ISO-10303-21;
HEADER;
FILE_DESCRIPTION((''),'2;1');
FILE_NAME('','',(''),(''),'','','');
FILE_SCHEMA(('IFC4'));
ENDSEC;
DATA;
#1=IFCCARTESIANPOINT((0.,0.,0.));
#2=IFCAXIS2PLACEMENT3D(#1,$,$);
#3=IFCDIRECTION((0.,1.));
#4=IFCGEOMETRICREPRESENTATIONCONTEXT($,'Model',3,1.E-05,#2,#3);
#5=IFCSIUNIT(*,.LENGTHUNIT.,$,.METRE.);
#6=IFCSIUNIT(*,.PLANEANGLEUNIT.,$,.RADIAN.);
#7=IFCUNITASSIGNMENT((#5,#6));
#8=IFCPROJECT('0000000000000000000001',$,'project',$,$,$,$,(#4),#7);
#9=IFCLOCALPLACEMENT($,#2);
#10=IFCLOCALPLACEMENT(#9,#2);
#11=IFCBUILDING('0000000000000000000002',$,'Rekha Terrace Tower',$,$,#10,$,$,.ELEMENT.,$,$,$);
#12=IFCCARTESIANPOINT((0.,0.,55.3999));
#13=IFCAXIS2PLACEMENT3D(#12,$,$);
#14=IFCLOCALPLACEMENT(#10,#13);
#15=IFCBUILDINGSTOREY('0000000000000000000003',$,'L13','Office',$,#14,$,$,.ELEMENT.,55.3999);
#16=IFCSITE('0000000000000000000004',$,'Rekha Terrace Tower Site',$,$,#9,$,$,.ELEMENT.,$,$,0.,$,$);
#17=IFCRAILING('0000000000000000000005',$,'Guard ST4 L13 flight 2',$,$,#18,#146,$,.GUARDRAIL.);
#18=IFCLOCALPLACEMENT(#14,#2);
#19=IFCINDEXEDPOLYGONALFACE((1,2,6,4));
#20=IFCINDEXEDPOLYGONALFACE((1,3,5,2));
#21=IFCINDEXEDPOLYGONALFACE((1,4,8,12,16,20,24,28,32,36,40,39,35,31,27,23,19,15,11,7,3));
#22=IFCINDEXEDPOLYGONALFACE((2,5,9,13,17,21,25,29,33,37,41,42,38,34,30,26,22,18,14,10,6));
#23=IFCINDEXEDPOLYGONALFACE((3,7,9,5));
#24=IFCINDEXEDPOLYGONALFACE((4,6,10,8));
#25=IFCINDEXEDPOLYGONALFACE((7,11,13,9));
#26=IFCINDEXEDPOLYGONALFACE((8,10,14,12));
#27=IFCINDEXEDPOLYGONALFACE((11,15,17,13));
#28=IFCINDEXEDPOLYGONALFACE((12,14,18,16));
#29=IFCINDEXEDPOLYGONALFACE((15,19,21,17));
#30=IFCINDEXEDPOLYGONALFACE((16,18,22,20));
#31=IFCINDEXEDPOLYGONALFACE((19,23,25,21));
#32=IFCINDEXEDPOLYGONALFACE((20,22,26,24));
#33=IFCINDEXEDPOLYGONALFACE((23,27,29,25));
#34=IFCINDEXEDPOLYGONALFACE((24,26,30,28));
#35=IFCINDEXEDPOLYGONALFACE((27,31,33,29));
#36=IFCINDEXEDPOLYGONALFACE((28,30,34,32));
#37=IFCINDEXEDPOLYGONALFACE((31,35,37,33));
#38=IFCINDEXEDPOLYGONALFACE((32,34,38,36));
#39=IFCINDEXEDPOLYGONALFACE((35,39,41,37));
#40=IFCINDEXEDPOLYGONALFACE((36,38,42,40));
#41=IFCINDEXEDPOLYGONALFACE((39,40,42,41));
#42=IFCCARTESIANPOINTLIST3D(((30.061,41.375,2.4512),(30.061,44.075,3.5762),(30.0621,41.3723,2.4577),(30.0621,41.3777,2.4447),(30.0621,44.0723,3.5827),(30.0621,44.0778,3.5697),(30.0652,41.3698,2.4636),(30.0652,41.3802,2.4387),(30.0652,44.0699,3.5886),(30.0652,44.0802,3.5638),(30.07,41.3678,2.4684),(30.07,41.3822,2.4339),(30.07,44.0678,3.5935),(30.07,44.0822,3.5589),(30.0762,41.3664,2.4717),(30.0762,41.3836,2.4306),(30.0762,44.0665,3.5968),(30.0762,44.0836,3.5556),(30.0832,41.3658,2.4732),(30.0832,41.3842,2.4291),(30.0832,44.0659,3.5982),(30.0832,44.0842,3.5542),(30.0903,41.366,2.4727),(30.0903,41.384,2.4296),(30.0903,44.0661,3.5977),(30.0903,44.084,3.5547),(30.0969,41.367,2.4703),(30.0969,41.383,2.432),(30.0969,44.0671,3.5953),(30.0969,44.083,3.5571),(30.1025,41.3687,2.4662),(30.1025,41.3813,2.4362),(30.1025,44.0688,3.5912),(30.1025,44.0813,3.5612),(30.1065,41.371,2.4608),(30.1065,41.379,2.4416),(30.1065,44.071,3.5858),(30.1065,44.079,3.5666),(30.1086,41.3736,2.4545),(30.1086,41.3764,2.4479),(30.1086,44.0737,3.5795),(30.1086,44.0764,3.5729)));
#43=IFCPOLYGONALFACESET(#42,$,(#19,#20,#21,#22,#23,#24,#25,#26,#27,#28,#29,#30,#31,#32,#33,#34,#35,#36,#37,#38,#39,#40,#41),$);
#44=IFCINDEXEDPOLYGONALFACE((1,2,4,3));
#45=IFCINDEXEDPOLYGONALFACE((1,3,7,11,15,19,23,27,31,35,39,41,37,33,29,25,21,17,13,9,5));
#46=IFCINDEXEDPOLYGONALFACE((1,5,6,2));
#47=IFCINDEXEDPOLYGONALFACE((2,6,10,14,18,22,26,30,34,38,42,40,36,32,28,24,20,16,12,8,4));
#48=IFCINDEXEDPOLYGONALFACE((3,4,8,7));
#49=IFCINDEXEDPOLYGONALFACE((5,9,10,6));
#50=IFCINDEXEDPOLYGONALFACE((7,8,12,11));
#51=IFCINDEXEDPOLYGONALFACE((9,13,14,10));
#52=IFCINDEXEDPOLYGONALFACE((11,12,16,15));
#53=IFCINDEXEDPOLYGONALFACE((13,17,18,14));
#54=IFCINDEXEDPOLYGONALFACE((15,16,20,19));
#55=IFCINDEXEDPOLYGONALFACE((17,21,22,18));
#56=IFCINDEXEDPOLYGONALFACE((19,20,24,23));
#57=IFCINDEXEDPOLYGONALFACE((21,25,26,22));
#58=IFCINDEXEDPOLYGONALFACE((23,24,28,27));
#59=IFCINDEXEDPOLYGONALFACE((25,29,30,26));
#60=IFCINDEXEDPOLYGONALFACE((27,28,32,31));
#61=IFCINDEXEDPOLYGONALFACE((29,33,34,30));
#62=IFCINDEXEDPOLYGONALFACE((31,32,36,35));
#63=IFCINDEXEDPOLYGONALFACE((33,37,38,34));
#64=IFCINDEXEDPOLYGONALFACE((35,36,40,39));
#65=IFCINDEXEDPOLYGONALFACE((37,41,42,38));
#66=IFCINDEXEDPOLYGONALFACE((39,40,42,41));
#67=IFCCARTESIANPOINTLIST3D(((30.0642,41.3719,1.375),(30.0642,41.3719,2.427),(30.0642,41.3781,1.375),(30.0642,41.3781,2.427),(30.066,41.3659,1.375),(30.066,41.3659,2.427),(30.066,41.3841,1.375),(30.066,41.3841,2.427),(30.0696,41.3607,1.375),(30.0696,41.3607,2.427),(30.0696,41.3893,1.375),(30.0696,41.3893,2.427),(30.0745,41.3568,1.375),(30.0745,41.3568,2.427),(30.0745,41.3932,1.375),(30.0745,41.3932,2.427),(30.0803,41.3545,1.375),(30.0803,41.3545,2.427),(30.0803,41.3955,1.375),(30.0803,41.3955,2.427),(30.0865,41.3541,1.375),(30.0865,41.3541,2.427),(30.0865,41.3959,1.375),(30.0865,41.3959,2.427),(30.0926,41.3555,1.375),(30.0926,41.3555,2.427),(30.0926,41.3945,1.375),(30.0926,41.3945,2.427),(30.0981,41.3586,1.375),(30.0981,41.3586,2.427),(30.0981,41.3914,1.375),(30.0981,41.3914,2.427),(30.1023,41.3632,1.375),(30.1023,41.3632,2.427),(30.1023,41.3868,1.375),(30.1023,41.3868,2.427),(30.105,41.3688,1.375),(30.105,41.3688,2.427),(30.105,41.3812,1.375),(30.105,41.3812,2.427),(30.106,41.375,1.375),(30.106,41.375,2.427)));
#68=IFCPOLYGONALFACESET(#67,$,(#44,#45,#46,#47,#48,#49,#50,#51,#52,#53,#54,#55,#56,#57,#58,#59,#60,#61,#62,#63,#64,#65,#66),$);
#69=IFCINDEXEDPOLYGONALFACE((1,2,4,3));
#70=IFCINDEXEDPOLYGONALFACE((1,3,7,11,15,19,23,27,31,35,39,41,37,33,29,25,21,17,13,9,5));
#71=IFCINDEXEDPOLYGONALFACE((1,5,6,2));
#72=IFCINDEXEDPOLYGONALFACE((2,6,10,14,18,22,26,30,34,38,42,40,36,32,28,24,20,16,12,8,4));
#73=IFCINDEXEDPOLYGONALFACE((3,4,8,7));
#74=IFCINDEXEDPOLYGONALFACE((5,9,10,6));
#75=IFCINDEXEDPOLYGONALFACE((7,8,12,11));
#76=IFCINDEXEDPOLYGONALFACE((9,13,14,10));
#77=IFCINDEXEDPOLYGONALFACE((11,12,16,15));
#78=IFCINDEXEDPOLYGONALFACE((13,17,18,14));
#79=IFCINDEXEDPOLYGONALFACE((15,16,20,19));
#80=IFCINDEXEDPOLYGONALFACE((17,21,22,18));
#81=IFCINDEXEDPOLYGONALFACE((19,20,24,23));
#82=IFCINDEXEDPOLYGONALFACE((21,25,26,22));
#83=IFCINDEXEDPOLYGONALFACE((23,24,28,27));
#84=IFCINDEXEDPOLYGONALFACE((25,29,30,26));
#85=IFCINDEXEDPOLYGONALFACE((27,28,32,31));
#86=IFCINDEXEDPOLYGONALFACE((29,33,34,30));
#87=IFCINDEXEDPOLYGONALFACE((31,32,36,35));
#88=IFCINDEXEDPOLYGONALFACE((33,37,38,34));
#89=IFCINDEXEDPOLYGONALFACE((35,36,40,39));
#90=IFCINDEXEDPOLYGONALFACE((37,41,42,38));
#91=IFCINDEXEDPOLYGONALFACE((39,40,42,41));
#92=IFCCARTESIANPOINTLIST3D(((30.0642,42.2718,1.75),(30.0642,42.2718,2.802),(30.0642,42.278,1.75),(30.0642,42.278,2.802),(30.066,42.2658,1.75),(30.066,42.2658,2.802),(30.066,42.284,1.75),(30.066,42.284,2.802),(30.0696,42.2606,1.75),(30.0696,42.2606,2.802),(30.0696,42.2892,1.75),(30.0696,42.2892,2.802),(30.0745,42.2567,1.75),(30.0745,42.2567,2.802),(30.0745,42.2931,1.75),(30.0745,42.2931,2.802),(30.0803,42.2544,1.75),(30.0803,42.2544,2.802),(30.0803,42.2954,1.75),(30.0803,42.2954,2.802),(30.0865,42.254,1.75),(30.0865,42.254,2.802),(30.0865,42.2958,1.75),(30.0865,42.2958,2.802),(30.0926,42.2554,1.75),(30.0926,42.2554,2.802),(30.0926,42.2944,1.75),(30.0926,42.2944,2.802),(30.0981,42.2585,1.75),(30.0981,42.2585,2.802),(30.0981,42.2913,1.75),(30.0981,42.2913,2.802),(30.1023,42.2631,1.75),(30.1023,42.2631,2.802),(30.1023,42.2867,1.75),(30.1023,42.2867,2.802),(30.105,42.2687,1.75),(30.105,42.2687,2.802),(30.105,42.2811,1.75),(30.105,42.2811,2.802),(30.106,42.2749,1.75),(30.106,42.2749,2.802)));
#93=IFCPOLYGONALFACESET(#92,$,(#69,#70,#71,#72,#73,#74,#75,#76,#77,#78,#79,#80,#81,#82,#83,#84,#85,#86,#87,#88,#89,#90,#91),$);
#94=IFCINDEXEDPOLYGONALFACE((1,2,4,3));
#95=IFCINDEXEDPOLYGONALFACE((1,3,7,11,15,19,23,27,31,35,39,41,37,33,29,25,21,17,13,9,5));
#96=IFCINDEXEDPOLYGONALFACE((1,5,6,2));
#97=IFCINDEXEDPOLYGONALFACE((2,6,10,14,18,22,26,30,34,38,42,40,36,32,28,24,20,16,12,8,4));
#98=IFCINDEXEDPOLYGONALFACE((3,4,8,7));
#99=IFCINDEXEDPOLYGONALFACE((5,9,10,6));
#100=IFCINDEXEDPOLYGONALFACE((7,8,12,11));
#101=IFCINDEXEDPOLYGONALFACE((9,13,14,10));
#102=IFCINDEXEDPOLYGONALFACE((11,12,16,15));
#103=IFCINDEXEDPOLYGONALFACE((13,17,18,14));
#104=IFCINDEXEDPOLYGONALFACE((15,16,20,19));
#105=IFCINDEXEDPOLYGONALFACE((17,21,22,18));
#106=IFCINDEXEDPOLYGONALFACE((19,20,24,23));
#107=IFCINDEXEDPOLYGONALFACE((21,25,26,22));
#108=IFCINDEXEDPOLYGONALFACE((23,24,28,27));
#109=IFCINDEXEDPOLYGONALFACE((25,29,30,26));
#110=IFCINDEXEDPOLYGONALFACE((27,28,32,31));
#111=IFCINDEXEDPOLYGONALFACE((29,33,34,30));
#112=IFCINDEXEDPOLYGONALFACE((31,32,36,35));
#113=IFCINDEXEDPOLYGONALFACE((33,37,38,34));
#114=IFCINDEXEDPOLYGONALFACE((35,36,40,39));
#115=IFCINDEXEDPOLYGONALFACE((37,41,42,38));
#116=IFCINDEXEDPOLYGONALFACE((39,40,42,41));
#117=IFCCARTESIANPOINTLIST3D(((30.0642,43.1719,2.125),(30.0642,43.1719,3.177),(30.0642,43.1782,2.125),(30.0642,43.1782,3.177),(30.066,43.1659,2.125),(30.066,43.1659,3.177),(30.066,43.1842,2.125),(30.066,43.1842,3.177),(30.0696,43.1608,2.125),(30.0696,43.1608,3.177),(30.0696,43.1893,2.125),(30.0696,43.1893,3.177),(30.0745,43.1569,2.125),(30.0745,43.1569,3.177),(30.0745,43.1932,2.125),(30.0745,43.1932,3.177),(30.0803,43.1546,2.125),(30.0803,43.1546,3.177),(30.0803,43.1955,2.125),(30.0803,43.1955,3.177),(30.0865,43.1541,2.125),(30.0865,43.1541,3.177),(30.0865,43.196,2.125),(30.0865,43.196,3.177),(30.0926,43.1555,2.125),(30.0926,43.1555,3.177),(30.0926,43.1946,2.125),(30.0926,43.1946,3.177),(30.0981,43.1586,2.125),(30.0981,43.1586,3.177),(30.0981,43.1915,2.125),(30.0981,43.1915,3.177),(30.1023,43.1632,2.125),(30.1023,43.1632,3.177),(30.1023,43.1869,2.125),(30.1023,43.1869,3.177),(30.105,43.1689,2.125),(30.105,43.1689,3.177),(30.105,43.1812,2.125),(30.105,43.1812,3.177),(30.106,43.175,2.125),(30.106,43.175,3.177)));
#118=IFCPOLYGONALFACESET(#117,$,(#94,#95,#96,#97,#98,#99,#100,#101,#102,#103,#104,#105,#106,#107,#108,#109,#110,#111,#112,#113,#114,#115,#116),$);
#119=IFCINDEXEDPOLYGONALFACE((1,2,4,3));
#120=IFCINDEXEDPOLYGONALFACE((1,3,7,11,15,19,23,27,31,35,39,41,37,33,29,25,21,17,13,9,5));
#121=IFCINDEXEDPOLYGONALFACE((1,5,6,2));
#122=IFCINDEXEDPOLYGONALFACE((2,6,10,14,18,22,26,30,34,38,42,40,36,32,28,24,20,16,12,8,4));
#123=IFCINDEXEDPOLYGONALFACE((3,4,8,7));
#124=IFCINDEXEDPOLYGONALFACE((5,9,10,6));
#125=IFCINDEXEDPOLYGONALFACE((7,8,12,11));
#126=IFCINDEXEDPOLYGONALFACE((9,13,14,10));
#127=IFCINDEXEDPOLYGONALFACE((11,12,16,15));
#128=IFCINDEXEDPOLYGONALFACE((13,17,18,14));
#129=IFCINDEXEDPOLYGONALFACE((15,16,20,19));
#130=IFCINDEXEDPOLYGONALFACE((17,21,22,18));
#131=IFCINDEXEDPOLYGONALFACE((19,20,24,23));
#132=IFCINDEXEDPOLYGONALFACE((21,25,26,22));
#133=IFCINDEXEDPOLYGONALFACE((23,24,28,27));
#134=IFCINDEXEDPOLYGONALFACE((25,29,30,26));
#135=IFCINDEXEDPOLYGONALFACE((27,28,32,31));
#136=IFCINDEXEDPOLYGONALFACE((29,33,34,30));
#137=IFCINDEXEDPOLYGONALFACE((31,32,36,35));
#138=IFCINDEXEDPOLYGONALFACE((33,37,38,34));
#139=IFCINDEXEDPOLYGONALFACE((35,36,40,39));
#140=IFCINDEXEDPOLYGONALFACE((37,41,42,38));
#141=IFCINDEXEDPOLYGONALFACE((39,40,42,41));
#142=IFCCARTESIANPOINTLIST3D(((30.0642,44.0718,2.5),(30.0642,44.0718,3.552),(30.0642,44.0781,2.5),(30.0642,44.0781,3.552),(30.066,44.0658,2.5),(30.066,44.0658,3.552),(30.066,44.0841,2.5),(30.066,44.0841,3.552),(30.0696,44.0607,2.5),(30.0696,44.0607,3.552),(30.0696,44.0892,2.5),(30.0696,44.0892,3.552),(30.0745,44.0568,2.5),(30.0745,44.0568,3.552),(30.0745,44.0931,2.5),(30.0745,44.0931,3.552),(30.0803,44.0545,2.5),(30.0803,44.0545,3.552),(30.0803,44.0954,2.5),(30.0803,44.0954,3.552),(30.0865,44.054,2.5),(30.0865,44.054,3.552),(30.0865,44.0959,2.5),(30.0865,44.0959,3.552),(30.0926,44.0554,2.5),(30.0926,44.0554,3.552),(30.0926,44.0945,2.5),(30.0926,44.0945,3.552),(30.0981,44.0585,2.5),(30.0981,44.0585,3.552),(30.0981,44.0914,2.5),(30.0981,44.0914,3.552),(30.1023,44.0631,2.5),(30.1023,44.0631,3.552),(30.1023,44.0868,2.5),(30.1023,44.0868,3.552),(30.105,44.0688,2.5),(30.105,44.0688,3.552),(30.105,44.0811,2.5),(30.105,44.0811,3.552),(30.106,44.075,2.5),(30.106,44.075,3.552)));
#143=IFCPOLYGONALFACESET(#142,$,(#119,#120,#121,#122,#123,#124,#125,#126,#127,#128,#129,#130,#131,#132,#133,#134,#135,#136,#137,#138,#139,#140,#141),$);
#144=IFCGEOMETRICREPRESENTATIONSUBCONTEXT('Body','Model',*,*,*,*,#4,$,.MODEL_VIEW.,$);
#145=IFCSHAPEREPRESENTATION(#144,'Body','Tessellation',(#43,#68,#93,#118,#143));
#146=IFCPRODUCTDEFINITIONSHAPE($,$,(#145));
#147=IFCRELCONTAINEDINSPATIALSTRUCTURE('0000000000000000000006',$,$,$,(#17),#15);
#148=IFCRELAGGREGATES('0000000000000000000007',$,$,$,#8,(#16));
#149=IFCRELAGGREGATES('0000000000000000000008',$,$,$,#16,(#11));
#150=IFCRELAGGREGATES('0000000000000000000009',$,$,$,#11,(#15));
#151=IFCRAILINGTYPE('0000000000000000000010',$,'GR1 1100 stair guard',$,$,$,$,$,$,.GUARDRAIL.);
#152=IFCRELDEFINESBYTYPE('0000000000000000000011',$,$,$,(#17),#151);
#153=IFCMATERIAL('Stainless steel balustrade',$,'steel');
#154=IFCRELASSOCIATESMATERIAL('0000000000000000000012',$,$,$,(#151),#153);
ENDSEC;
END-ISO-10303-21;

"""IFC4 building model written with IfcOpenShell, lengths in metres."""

from ifc_helpers import new_model, si_unit, direction, frame, origin, origin_2d, place, context, subcontext, project, spatial, circle, extrude, material, type_object, element, save


model = new_model("IFC4")

# Units and contexts
model_context = context("Model", 3, precision=1e-05, world=origin(), true_north=direction((0.0, 1.0)))
body_context = subcontext(model_context, "Body", "Model", "MODEL_VIEW")
ifc_project = project(units=[si_unit("LENGTHUNIT", "METRE"), si_unit("PLANEANGLEUNIT", "RADIAN")], contexts=[model_context])

# Site, building, storey
site_placement = place(None, origin())
site = spatial("IfcSite", under=ifc_project, at=site_placement, Name="Rekha Terrace Tower Site", CompositionType="ELEMENT", RefElevation=0.0)
building_placement = place(site_placement, origin())
building = spatial("IfcBuilding", under=site, at=building_placement, Name="Rekha Terrace Tower", CompositionType="ELEMENT")
storey_placement = place(building_placement, frame((0.0, 0.0, 55.3999)))
storey = spatial("IfcBuildingStorey", under=building, at=storey_placement, Name="L13", Description="Office", CompositionType="ELEMENT", Elevation=55.3999)

# Railing
ifc_material_1 = material(Name="Stainless steel balustrade", Category="steel")
railing_type_1 = type_object("IfcRailingType", Name="GR1 1100 stair guard", PredefinedType="GUARDRAIL", material=ifc_material_1)
railing_1_placement = place(storey_placement, frame((30.085, 41.375, 1.375)))
element("IfcRailing", 1, at=railing_1_placement, inside=storey, type_object=railing_type_1, Name="Guard ST4 L13 flight 2", PredefinedType="GUARDRAIL", context=body_context, shape_type="SweptSolid", body=[
    extrude(circle(Radius=0.0239, at=origin_2d()), frame((0.0, 0.0, 1.0762), z_axis=(0.0, 0.923074, 0.384621), x_axis=(-1.0, 0.0, 0.0)), (0.0, 0.0, 1.0), 2.925),
    extrude(circle(Radius=0.021, at=origin_2d()), origin(), (0.0, 0.0, 1.0), 1.052),
    extrude(circle(Radius=0.021, at=origin_2d()), frame((0.0, 0.8999, 0.375)), (0.0, 0.0, 1.0), 1.052),
    extrude(circle(Radius=0.021, at=origin_2d()), frame((0.0, 1.8, 0.75)), (0.0, 0.0, 1.0), 1.052),
    extrude(circle(Radius=0.021, at=origin_2d()), frame((0.0, 2.7, 1.125)), (0.0, 0.0, 1.0), 1.052),
])

save(model, "model.ifc")
